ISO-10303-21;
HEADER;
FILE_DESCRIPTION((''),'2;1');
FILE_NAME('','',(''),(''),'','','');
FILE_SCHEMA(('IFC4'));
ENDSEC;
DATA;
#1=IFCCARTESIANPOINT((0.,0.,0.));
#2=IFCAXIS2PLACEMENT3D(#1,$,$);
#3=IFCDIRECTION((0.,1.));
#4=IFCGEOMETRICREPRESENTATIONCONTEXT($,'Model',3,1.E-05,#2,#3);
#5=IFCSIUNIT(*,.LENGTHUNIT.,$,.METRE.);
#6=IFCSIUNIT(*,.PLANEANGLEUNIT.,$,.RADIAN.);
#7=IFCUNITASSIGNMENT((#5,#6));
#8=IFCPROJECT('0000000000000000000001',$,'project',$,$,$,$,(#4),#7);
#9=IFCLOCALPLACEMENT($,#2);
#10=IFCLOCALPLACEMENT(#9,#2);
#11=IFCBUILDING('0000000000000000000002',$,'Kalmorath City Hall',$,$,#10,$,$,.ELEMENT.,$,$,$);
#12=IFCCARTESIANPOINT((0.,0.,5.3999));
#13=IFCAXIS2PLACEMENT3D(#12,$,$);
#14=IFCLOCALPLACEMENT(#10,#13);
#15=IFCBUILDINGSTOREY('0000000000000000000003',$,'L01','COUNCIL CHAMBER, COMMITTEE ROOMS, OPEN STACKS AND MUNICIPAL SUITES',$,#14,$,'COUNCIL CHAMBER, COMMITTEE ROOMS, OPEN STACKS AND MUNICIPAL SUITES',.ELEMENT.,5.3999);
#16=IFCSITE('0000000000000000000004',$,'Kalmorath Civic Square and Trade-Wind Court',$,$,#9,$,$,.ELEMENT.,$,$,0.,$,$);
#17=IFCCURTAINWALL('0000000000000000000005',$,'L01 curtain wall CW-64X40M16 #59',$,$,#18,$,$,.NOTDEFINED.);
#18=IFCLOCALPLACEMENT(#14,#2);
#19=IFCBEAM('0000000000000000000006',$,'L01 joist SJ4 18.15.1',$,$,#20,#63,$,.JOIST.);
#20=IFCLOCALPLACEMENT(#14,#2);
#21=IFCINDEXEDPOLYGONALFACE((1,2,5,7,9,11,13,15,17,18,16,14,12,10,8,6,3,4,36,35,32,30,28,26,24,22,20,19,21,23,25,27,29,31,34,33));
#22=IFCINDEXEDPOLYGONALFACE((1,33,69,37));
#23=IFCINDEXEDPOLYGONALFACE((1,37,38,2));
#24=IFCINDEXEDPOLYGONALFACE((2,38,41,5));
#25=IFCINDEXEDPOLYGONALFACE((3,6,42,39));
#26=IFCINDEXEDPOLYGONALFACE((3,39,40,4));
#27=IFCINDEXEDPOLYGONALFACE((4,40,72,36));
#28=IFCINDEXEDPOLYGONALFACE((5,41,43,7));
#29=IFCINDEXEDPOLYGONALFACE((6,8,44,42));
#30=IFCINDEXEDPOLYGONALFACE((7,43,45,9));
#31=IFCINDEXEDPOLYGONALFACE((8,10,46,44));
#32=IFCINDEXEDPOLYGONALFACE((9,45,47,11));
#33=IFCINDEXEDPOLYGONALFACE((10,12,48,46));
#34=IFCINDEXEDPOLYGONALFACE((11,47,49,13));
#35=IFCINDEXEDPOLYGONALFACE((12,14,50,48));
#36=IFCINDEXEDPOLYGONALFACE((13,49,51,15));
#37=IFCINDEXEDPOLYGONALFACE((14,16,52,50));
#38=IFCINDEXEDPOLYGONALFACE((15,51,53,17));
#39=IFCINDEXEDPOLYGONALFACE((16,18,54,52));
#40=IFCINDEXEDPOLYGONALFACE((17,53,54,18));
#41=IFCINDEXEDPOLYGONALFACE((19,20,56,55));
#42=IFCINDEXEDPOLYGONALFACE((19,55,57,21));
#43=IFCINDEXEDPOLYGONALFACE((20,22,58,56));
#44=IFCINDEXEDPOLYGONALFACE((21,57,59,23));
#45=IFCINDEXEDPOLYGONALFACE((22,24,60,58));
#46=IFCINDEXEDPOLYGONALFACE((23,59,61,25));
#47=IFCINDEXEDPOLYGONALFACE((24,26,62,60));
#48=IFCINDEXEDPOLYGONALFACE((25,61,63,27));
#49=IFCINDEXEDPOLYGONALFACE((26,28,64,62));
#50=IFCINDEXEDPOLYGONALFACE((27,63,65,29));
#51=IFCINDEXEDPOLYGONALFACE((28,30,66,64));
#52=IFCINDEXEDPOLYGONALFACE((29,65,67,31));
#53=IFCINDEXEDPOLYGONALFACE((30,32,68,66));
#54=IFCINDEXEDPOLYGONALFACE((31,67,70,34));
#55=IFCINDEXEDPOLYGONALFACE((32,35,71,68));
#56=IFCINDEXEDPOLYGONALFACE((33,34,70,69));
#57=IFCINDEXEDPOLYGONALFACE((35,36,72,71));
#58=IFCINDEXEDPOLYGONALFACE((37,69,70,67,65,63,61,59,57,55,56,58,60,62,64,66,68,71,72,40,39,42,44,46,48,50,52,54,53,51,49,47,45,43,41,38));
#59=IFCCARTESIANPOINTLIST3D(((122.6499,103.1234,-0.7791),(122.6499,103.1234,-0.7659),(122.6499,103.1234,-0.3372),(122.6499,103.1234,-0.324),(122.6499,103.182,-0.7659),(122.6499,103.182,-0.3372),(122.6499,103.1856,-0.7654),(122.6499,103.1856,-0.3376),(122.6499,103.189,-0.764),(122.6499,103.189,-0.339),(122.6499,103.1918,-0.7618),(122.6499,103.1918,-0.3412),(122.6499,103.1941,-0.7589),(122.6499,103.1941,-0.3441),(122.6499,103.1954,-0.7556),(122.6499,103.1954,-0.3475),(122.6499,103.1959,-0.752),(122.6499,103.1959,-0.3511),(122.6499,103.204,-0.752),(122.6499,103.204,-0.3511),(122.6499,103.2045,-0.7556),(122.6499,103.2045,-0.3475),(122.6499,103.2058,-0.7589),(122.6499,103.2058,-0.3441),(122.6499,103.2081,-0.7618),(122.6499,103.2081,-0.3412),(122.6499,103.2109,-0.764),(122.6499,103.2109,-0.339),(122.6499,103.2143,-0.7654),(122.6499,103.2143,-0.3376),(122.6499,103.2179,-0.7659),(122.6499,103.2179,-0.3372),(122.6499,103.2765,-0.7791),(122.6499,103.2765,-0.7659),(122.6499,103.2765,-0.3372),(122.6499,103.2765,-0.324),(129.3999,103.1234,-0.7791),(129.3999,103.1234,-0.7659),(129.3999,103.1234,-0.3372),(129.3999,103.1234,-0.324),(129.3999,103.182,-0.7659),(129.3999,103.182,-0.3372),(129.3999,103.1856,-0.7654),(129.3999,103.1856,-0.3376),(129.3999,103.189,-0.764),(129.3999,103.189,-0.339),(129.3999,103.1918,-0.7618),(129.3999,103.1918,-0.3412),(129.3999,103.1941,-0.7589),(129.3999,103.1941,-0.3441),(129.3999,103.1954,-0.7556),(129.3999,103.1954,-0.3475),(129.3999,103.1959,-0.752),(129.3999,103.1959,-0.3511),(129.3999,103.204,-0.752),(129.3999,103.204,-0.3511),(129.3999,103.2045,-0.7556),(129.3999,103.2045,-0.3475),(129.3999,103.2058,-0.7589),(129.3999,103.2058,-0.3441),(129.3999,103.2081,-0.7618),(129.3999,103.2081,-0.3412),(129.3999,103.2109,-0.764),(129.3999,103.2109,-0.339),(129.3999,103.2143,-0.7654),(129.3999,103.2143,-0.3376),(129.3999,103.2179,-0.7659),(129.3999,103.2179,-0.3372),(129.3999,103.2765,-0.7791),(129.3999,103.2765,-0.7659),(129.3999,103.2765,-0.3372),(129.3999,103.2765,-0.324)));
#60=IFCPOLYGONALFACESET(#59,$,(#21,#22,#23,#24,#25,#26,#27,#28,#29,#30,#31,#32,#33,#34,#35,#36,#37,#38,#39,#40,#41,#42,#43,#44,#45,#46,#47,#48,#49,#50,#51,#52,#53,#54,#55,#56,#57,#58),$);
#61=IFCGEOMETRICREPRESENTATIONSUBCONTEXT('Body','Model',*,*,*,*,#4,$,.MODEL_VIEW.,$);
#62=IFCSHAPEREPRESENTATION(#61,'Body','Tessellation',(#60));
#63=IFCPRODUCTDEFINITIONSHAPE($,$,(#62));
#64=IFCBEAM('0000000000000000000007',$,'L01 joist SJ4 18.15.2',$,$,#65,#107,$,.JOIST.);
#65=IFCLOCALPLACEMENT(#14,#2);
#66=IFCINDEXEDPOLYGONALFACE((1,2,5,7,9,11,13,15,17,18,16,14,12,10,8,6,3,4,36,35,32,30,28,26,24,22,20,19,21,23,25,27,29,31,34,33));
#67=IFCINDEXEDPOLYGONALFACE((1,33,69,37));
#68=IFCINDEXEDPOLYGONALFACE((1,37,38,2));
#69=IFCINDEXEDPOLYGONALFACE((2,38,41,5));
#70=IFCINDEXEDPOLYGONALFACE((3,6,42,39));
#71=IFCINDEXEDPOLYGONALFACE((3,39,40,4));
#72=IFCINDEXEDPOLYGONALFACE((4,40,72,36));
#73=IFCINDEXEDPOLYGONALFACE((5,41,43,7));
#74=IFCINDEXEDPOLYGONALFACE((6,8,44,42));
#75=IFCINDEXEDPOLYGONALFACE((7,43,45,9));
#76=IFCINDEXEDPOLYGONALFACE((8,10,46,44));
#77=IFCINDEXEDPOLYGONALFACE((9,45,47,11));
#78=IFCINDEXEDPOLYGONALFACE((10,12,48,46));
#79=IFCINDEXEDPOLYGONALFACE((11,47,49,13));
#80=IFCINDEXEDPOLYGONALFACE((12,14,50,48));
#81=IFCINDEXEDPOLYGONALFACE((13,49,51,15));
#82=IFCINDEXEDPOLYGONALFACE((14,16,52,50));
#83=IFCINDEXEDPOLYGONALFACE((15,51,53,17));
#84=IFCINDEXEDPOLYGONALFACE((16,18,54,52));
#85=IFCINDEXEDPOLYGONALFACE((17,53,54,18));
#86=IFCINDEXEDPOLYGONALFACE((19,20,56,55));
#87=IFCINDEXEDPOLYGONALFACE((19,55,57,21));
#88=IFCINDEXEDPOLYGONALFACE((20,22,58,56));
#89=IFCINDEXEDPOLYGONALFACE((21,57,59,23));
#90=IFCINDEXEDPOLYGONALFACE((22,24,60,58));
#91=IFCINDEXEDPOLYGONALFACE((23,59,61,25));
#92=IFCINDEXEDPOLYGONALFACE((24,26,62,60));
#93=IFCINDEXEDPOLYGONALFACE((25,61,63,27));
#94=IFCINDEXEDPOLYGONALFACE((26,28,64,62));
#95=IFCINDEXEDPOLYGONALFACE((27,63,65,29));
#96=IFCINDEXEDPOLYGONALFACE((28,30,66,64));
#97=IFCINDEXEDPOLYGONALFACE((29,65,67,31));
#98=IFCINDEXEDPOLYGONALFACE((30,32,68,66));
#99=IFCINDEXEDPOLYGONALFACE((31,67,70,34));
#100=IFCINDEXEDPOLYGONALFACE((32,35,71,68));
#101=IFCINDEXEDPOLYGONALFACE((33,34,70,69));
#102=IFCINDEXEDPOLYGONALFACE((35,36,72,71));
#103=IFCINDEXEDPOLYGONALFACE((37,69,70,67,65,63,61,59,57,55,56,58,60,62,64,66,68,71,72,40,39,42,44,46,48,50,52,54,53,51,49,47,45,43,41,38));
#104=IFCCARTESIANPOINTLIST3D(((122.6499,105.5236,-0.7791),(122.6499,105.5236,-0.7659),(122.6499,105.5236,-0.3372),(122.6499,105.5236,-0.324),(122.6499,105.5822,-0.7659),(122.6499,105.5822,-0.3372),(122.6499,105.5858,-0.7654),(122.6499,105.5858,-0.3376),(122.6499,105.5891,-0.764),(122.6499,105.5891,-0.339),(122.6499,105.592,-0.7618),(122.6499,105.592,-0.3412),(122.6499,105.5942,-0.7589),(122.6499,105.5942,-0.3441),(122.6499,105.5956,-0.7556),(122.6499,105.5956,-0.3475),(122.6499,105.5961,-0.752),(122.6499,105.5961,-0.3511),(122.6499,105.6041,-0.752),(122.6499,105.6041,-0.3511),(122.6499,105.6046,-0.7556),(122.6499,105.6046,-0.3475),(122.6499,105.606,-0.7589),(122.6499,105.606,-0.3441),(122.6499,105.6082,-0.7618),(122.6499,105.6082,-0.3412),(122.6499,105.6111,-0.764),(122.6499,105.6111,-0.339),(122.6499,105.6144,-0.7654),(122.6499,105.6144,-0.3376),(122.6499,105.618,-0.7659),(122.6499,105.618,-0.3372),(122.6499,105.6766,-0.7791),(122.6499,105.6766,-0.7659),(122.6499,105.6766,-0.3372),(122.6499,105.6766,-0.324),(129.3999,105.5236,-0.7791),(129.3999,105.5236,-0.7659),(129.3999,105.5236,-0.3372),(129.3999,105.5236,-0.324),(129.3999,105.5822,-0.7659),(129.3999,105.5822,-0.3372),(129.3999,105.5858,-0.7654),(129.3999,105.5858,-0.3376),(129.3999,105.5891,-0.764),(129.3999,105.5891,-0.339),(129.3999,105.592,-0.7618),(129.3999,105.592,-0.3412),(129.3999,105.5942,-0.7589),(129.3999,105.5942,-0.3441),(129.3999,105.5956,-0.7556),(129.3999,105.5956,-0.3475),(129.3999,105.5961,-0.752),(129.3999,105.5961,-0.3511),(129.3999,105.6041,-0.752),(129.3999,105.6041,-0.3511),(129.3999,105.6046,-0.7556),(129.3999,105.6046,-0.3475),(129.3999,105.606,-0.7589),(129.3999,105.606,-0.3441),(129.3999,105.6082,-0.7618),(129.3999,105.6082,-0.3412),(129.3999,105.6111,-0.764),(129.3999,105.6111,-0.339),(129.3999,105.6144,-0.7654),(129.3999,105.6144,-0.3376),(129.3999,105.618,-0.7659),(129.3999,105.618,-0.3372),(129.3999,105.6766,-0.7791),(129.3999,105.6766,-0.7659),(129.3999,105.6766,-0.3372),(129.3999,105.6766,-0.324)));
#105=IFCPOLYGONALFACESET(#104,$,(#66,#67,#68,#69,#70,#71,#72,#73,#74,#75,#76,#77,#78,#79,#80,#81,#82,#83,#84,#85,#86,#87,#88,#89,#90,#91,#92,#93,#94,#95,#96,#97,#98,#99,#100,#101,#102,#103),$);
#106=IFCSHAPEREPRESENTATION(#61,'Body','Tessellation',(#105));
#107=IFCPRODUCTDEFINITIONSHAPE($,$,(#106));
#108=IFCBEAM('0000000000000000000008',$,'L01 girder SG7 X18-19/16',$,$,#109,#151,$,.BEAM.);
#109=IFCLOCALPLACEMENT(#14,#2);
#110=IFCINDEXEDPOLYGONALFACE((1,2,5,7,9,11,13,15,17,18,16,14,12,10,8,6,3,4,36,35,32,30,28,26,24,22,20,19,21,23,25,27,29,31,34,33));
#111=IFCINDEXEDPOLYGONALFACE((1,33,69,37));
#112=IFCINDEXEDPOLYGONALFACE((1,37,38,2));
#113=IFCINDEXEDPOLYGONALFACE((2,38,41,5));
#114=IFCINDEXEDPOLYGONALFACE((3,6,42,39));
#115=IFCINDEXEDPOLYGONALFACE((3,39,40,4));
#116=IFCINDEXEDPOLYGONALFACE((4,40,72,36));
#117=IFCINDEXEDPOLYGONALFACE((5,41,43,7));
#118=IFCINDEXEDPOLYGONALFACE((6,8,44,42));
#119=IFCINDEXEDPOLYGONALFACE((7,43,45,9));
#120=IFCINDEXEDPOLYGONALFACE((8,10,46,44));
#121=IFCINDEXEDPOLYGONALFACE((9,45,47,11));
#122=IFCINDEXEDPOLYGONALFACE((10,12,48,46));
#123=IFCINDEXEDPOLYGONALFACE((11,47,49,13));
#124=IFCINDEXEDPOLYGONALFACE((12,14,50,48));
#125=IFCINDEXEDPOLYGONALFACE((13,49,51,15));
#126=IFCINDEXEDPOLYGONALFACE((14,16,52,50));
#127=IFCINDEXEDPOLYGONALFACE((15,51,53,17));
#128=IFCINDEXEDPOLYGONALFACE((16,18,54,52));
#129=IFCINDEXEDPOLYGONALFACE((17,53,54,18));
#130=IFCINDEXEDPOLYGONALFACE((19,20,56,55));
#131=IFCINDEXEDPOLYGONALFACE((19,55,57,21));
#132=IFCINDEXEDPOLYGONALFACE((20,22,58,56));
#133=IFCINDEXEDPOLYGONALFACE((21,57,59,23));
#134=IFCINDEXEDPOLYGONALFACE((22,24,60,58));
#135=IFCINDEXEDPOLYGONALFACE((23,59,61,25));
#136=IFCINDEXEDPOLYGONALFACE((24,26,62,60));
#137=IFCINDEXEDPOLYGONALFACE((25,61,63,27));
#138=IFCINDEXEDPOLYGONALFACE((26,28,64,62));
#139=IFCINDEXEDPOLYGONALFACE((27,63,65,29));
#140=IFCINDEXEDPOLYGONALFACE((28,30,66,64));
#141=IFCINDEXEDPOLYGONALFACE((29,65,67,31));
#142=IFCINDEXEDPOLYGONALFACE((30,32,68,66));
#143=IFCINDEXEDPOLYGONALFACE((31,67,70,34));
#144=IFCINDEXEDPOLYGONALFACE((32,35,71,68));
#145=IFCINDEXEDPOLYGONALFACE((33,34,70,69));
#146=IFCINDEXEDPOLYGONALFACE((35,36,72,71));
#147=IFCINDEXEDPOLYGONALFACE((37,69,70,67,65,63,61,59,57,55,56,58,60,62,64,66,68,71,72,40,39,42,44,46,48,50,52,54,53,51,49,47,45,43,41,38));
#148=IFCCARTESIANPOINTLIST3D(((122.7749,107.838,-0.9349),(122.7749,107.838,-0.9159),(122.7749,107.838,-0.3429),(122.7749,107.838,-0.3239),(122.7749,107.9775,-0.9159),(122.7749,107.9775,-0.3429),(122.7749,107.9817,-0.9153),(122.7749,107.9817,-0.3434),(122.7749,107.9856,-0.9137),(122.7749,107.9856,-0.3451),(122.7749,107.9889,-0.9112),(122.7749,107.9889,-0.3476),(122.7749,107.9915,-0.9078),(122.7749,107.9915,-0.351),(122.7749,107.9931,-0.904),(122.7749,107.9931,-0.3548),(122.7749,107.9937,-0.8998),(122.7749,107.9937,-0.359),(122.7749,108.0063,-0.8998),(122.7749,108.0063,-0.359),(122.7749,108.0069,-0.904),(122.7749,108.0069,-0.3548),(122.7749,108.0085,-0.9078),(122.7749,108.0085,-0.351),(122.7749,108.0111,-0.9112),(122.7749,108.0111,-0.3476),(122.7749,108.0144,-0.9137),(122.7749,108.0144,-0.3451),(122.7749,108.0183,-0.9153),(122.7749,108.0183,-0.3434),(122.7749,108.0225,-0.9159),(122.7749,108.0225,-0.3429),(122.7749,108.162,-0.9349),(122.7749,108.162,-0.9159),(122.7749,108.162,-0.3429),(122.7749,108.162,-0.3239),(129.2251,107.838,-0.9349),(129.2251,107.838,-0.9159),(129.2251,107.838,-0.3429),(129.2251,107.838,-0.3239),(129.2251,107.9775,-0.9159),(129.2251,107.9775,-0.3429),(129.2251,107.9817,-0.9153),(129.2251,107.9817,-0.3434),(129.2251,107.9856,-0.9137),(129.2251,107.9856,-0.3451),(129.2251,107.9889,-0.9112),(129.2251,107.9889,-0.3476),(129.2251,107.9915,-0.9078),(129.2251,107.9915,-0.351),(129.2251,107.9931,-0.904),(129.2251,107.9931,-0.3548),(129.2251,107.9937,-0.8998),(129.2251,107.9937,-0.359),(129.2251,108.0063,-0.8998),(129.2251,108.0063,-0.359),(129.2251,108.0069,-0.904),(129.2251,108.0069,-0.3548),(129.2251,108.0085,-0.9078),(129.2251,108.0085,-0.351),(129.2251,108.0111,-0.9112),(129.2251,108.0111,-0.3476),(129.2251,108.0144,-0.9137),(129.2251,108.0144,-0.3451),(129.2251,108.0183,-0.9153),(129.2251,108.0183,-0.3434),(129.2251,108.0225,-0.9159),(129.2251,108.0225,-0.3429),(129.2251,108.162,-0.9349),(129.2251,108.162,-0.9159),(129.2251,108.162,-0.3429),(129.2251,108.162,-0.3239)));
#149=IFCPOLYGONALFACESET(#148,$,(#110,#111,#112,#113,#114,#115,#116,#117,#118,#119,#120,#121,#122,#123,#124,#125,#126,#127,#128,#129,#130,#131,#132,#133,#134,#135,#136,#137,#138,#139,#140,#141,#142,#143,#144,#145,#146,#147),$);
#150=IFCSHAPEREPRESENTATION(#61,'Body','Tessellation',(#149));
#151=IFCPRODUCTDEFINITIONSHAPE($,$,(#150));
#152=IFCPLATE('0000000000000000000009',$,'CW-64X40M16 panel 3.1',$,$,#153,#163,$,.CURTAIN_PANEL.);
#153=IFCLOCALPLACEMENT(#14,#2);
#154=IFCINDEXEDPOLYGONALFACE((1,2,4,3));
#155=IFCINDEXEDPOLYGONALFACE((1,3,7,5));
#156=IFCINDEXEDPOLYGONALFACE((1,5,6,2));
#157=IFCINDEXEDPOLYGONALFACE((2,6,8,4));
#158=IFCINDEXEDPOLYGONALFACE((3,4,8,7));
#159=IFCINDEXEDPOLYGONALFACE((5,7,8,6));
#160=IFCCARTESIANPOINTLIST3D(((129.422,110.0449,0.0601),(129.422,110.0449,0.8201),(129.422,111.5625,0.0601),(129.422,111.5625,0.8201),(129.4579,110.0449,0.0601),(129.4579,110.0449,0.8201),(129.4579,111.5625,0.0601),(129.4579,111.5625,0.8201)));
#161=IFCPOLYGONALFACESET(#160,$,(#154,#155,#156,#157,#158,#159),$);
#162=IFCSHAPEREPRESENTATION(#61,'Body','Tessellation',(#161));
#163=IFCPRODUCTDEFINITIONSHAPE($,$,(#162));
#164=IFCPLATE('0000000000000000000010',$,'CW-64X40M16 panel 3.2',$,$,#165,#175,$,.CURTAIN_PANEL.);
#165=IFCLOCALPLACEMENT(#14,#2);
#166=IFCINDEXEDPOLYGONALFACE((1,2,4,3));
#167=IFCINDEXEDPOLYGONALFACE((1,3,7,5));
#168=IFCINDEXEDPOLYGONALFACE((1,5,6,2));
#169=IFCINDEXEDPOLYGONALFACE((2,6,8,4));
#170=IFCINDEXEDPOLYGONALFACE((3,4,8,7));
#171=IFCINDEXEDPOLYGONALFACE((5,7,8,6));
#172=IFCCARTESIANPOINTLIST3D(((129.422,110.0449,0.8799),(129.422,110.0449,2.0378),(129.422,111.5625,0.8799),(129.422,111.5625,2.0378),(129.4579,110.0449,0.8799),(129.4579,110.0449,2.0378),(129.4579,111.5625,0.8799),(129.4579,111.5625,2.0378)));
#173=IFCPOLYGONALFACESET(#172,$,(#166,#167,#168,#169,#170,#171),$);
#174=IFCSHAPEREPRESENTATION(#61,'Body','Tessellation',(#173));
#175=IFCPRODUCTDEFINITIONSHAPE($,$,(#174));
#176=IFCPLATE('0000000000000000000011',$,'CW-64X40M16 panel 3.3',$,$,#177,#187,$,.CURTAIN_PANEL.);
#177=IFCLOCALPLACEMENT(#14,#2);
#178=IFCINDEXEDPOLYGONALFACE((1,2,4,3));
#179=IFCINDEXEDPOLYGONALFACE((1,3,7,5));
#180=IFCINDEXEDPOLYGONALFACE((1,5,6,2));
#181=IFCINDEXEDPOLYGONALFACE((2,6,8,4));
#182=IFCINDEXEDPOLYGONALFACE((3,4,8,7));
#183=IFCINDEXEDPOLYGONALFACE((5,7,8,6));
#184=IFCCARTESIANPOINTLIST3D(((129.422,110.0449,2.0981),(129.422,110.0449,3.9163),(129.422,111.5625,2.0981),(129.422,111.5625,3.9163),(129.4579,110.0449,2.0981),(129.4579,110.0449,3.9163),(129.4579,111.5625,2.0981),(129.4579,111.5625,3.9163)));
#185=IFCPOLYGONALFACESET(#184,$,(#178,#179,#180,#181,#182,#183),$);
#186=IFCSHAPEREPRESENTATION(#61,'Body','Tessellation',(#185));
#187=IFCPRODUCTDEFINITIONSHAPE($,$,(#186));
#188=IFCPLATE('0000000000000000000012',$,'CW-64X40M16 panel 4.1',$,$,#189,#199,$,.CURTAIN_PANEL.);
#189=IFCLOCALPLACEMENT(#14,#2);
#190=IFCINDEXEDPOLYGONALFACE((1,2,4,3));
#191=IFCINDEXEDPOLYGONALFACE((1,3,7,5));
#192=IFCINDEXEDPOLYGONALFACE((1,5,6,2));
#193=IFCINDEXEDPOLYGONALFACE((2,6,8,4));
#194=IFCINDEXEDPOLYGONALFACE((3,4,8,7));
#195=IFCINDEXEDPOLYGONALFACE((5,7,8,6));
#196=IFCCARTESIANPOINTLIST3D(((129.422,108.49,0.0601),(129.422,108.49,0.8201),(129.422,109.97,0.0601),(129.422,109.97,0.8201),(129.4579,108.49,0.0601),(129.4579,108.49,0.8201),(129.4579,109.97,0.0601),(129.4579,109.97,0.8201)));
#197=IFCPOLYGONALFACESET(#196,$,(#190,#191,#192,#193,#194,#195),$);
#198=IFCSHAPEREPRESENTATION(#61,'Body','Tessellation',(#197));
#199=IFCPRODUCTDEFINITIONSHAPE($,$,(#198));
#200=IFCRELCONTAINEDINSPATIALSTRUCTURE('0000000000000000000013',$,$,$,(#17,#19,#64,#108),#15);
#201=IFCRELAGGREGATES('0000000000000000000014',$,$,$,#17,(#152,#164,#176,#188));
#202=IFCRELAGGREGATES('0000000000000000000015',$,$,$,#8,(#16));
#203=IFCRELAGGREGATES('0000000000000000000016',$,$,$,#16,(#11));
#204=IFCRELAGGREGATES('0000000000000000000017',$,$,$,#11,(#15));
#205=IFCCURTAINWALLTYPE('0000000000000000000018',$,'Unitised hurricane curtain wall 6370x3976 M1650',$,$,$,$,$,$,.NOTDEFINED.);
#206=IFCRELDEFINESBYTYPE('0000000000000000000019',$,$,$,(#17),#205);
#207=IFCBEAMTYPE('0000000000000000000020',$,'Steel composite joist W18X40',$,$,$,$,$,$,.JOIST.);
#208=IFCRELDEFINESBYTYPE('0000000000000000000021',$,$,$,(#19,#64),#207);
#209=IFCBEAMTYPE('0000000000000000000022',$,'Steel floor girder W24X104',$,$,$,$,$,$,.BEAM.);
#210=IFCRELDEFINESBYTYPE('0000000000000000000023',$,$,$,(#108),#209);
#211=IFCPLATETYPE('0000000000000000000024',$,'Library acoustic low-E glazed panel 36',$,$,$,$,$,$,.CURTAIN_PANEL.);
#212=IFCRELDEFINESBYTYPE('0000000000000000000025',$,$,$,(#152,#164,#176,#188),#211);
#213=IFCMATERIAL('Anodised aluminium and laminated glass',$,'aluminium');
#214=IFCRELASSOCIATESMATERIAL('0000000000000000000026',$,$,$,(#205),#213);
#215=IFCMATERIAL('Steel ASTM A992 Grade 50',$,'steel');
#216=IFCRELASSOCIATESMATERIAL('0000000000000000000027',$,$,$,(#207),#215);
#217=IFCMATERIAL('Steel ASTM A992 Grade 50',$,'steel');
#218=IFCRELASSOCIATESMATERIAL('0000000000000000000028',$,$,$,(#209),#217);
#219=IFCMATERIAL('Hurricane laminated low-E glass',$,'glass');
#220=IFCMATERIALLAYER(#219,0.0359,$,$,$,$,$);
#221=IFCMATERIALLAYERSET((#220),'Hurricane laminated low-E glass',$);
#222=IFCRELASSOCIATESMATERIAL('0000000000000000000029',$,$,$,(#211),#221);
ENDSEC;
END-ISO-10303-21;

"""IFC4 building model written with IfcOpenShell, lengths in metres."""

from ifc_helpers import new_model, si_unit, direction, frame, origin, origin_2d, place, context, subcontext, project, spatial, rectangle, i_section, extrude, material, layer, layer_set, material_profile, profile_set, type_object, element, aggregate, save


model = new_model("IFC4")

# Units and contexts
model_context = context("Model", 3, precision=1e-05, world=origin(), true_north=direction((0.0, 1.0)))
body_context = subcontext(model_context, "Body", "Model", "MODEL_VIEW")
ifc_project = project(units=[si_unit("LENGTHUNIT", "METRE"), si_unit("PLANEANGLEUNIT", "RADIAN")], contexts=[model_context])

# Site, building, storey
site_placement = place(None, origin())
site = spatial("IfcSite", under=ifc_project, at=site_placement, Name="Kalmorath Civic Square and Trade-Wind Court", CompositionType="ELEMENT", RefElevation=0.0)
building_placement = place(site_placement, origin())
building = spatial("IfcBuilding", under=site, at=building_placement, Name="Kalmorath City Hall", CompositionType="ELEMENT")
storey_placement = place(building_placement, frame((0.0, 0.0, 5.3999)))
storey = spatial("IfcBuildingStorey", under=building, at=storey_placement, Name="L01", Description="COUNCIL CHAMBER, COMMITTEE ROOMS, OPEN STACKS AND MUNICIPAL SUITES", LongName="COUNCIL CHAMBER, COMMITTEE ROOMS, OPEN STACKS AND MUNICIPAL SUITES", CompositionType="ELEMENT", Elevation=5.3999)

# Curtain wall
ifc_material_1 = material(Name="Anodised aluminium and laminated glass", Category="aluminium")
curtain_wall_type = type_object("IfcCurtainWallType", Name="Unitised hurricane curtain wall 6370x3976 M1650", PredefinedType="NOTDEFINED", material=ifc_material_1)
curtain_wall_placement = place(storey_placement, origin())
curtain_wall = element("IfcCurtainWall", 1, at=curtain_wall_placement, inside=storey, type_object=curtain_wall_type, Name="L01 curtain wall CW-64X40M16 #59", PredefinedType="NOTDEFINED")

# Beams
ifc_material_2 = material(Name="Steel ASTM A992 Grade 50", Category="steel")
ifc_material_profile_1 = material_profile(ifc_material_2, i_section(OverallWidth=0.1531, OverallDepth=0.4551, WebThickness=0.0081, FlangeThickness=0.0132, FilletRadius=0.0139, at=origin_2d()), Name="W18X40")
ifc_profile_set_1 = profile_set([ifc_material_profile_1], Name="Steel ASTM A992 Grade 50")
beam_type_1 = type_object("IfcBeamType", Name="Steel composite joist W18X40", PredefinedType="JOIST", material=ifc_profile_set_1)
for number, where, z_axis, x_axis, name in (
    (2, (122.6499, 103.2, -0.5515), (1.0, 0.0, 0.0), (0.0, 1.0, 0.0), "L01 joist SJ4 18.15.1"),
    (3, (122.6499, 105.6001, -0.5515), (1.0, 0.0, 0.0), (0.0, 1.0, 0.0), "L01 joist SJ4 18.15.2"),
):
    element("IfcBeam", number, at=place(storey_placement, frame(where, z_axis=z_axis, x_axis=x_axis)), inside=storey, type_object=beam_type_1, Name=name, PredefinedType="JOIST", context=body_context, shape_type="SweptSolid", body=[
        extrude(i_section(OverallWidth=0.1531, OverallDepth=0.4551, WebThickness=0.0081, FlangeThickness=0.0132, FilletRadius=0.0139, at=origin_2d()), origin(), (0.0, 0.0, 1.0), 6.75),
    ])
ifc_material_3 = material(Name="Steel ASTM A992 Grade 50", Category="steel")
ifc_material_profile_2 = material_profile(ifc_material_3, i_section(OverallWidth=0.324, OverallDepth=0.6111, WebThickness=0.0127, FlangeThickness=0.019, FilletRadius=0.0161, at=origin_2d()), Name="W24X104")
ifc_profile_set_2 = profile_set([ifc_material_profile_2], Name="Steel ASTM A992 Grade 50")
beam_type_2 = type_object("IfcBeamType", Name="Steel floor girder W24X104", PredefinedType="BEAM", material=ifc_profile_set_2)
beam_1_placement = place(storey_placement, frame((122.7749, 108.0, -0.6294), z_axis=(1.0, 0.0, 0.0), x_axis=(0.0, 1.0, 0.0)))
element("IfcBeam", 4, at=beam_1_placement, inside=storey, type_object=beam_type_2, Name="L01 girder SG7 X18-19/16", PredefinedType="BEAM", context=body_context, shape_type="SweptSolid", body=[
    extrude(i_section(OverallWidth=0.324, OverallDepth=0.6111, WebThickness=0.0127, FlangeThickness=0.019, FilletRadius=0.0161, at=origin_2d()), origin(), (0.0, 0.0, 1.0), 6.4502),
])

# Plates
ifc_material_4 = material(Name="Hurricane laminated low-E glass", Category="glass")
ifc_layer_1 = layer(ifc_material_4, 0.0359)
ifc_layer_set_1 = layer_set([ifc_layer_1], Name="Hurricane laminated low-E glass")
plate_type = type_object("IfcPlateType", Name="Library acoustic low-E glazed panel 36", PredefinedType="CURTAIN_PANEL", material=ifc_layer_set_1)
plate_1_placement = place(storey_placement, frame((129.4399, 110.8037, 0.0601), z_axis=(0.0, 0.0, 1.0), x_axis=(0.0, -1.0, 0.0)))
plate_1 = element("IfcPlate", 5, at=plate_1_placement, type_object=plate_type, Name="CW-64X40M16 panel 3.1", PredefinedType="CURTAIN_PANEL", context=body_context, shape_type="SweptSolid", body=[
    extrude(rectangle(XDim=1.5176, YDim=0.0359, at=origin_2d()), origin(), (0.0, 0.0, 1.0), 0.76),
])
plate_2_placement = place(storey_placement, frame((129.4399, 110.8037, 0.8799), z_axis=(0.0, 0.0, 1.0), x_axis=(0.0, -1.0, 0.0)))
plate_2 = element("IfcPlate", 6, at=plate_2_placement, type_object=plate_type, Name="CW-64X40M16 panel 3.2", PredefinedType="CURTAIN_PANEL", context=body_context, shape_type="SweptSolid", body=[
    extrude(rectangle(XDim=1.5176, YDim=0.0359, at=origin_2d()), origin(), (0.0, 0.0, 1.0), 1.158),
])
plate_3_placement = place(storey_placement, frame((129.4399, 110.8037, 2.0981), z_axis=(0.0, 0.0, 1.0), x_axis=(0.0, -1.0, 0.0)))
plate_3 = element("IfcPlate", 7, at=plate_3_placement, type_object=plate_type, Name="CW-64X40M16 panel 3.3", PredefinedType="CURTAIN_PANEL", context=body_context, shape_type="SweptSolid", body=[
    extrude(rectangle(XDim=1.5176, YDim=0.0359, at=origin_2d()), origin(), (0.0, 0.0, 1.0), 1.8181),
])
plate_4_placement = place(storey_placement, frame((129.4399, 109.23, 0.0601), z_axis=(0.0, 0.0, 1.0), x_axis=(0.0, -1.0, 0.0)))
plate_4 = element("IfcPlate", 8, at=plate_4_placement, type_object=plate_type, Name="CW-64X40M16 panel 4.1", PredefinedType="CURTAIN_PANEL", context=body_context, shape_type="SweptSolid", body=[
    extrude(rectangle(XDim=1.48, YDim=0.0359, at=origin_2d()), origin(), (0.0, 0.0, 1.0), 0.76),
])
aggregate(curtain_wall, [plate_1, plate_2, plate_3, plate_4])

save(model, "model.ifc")
